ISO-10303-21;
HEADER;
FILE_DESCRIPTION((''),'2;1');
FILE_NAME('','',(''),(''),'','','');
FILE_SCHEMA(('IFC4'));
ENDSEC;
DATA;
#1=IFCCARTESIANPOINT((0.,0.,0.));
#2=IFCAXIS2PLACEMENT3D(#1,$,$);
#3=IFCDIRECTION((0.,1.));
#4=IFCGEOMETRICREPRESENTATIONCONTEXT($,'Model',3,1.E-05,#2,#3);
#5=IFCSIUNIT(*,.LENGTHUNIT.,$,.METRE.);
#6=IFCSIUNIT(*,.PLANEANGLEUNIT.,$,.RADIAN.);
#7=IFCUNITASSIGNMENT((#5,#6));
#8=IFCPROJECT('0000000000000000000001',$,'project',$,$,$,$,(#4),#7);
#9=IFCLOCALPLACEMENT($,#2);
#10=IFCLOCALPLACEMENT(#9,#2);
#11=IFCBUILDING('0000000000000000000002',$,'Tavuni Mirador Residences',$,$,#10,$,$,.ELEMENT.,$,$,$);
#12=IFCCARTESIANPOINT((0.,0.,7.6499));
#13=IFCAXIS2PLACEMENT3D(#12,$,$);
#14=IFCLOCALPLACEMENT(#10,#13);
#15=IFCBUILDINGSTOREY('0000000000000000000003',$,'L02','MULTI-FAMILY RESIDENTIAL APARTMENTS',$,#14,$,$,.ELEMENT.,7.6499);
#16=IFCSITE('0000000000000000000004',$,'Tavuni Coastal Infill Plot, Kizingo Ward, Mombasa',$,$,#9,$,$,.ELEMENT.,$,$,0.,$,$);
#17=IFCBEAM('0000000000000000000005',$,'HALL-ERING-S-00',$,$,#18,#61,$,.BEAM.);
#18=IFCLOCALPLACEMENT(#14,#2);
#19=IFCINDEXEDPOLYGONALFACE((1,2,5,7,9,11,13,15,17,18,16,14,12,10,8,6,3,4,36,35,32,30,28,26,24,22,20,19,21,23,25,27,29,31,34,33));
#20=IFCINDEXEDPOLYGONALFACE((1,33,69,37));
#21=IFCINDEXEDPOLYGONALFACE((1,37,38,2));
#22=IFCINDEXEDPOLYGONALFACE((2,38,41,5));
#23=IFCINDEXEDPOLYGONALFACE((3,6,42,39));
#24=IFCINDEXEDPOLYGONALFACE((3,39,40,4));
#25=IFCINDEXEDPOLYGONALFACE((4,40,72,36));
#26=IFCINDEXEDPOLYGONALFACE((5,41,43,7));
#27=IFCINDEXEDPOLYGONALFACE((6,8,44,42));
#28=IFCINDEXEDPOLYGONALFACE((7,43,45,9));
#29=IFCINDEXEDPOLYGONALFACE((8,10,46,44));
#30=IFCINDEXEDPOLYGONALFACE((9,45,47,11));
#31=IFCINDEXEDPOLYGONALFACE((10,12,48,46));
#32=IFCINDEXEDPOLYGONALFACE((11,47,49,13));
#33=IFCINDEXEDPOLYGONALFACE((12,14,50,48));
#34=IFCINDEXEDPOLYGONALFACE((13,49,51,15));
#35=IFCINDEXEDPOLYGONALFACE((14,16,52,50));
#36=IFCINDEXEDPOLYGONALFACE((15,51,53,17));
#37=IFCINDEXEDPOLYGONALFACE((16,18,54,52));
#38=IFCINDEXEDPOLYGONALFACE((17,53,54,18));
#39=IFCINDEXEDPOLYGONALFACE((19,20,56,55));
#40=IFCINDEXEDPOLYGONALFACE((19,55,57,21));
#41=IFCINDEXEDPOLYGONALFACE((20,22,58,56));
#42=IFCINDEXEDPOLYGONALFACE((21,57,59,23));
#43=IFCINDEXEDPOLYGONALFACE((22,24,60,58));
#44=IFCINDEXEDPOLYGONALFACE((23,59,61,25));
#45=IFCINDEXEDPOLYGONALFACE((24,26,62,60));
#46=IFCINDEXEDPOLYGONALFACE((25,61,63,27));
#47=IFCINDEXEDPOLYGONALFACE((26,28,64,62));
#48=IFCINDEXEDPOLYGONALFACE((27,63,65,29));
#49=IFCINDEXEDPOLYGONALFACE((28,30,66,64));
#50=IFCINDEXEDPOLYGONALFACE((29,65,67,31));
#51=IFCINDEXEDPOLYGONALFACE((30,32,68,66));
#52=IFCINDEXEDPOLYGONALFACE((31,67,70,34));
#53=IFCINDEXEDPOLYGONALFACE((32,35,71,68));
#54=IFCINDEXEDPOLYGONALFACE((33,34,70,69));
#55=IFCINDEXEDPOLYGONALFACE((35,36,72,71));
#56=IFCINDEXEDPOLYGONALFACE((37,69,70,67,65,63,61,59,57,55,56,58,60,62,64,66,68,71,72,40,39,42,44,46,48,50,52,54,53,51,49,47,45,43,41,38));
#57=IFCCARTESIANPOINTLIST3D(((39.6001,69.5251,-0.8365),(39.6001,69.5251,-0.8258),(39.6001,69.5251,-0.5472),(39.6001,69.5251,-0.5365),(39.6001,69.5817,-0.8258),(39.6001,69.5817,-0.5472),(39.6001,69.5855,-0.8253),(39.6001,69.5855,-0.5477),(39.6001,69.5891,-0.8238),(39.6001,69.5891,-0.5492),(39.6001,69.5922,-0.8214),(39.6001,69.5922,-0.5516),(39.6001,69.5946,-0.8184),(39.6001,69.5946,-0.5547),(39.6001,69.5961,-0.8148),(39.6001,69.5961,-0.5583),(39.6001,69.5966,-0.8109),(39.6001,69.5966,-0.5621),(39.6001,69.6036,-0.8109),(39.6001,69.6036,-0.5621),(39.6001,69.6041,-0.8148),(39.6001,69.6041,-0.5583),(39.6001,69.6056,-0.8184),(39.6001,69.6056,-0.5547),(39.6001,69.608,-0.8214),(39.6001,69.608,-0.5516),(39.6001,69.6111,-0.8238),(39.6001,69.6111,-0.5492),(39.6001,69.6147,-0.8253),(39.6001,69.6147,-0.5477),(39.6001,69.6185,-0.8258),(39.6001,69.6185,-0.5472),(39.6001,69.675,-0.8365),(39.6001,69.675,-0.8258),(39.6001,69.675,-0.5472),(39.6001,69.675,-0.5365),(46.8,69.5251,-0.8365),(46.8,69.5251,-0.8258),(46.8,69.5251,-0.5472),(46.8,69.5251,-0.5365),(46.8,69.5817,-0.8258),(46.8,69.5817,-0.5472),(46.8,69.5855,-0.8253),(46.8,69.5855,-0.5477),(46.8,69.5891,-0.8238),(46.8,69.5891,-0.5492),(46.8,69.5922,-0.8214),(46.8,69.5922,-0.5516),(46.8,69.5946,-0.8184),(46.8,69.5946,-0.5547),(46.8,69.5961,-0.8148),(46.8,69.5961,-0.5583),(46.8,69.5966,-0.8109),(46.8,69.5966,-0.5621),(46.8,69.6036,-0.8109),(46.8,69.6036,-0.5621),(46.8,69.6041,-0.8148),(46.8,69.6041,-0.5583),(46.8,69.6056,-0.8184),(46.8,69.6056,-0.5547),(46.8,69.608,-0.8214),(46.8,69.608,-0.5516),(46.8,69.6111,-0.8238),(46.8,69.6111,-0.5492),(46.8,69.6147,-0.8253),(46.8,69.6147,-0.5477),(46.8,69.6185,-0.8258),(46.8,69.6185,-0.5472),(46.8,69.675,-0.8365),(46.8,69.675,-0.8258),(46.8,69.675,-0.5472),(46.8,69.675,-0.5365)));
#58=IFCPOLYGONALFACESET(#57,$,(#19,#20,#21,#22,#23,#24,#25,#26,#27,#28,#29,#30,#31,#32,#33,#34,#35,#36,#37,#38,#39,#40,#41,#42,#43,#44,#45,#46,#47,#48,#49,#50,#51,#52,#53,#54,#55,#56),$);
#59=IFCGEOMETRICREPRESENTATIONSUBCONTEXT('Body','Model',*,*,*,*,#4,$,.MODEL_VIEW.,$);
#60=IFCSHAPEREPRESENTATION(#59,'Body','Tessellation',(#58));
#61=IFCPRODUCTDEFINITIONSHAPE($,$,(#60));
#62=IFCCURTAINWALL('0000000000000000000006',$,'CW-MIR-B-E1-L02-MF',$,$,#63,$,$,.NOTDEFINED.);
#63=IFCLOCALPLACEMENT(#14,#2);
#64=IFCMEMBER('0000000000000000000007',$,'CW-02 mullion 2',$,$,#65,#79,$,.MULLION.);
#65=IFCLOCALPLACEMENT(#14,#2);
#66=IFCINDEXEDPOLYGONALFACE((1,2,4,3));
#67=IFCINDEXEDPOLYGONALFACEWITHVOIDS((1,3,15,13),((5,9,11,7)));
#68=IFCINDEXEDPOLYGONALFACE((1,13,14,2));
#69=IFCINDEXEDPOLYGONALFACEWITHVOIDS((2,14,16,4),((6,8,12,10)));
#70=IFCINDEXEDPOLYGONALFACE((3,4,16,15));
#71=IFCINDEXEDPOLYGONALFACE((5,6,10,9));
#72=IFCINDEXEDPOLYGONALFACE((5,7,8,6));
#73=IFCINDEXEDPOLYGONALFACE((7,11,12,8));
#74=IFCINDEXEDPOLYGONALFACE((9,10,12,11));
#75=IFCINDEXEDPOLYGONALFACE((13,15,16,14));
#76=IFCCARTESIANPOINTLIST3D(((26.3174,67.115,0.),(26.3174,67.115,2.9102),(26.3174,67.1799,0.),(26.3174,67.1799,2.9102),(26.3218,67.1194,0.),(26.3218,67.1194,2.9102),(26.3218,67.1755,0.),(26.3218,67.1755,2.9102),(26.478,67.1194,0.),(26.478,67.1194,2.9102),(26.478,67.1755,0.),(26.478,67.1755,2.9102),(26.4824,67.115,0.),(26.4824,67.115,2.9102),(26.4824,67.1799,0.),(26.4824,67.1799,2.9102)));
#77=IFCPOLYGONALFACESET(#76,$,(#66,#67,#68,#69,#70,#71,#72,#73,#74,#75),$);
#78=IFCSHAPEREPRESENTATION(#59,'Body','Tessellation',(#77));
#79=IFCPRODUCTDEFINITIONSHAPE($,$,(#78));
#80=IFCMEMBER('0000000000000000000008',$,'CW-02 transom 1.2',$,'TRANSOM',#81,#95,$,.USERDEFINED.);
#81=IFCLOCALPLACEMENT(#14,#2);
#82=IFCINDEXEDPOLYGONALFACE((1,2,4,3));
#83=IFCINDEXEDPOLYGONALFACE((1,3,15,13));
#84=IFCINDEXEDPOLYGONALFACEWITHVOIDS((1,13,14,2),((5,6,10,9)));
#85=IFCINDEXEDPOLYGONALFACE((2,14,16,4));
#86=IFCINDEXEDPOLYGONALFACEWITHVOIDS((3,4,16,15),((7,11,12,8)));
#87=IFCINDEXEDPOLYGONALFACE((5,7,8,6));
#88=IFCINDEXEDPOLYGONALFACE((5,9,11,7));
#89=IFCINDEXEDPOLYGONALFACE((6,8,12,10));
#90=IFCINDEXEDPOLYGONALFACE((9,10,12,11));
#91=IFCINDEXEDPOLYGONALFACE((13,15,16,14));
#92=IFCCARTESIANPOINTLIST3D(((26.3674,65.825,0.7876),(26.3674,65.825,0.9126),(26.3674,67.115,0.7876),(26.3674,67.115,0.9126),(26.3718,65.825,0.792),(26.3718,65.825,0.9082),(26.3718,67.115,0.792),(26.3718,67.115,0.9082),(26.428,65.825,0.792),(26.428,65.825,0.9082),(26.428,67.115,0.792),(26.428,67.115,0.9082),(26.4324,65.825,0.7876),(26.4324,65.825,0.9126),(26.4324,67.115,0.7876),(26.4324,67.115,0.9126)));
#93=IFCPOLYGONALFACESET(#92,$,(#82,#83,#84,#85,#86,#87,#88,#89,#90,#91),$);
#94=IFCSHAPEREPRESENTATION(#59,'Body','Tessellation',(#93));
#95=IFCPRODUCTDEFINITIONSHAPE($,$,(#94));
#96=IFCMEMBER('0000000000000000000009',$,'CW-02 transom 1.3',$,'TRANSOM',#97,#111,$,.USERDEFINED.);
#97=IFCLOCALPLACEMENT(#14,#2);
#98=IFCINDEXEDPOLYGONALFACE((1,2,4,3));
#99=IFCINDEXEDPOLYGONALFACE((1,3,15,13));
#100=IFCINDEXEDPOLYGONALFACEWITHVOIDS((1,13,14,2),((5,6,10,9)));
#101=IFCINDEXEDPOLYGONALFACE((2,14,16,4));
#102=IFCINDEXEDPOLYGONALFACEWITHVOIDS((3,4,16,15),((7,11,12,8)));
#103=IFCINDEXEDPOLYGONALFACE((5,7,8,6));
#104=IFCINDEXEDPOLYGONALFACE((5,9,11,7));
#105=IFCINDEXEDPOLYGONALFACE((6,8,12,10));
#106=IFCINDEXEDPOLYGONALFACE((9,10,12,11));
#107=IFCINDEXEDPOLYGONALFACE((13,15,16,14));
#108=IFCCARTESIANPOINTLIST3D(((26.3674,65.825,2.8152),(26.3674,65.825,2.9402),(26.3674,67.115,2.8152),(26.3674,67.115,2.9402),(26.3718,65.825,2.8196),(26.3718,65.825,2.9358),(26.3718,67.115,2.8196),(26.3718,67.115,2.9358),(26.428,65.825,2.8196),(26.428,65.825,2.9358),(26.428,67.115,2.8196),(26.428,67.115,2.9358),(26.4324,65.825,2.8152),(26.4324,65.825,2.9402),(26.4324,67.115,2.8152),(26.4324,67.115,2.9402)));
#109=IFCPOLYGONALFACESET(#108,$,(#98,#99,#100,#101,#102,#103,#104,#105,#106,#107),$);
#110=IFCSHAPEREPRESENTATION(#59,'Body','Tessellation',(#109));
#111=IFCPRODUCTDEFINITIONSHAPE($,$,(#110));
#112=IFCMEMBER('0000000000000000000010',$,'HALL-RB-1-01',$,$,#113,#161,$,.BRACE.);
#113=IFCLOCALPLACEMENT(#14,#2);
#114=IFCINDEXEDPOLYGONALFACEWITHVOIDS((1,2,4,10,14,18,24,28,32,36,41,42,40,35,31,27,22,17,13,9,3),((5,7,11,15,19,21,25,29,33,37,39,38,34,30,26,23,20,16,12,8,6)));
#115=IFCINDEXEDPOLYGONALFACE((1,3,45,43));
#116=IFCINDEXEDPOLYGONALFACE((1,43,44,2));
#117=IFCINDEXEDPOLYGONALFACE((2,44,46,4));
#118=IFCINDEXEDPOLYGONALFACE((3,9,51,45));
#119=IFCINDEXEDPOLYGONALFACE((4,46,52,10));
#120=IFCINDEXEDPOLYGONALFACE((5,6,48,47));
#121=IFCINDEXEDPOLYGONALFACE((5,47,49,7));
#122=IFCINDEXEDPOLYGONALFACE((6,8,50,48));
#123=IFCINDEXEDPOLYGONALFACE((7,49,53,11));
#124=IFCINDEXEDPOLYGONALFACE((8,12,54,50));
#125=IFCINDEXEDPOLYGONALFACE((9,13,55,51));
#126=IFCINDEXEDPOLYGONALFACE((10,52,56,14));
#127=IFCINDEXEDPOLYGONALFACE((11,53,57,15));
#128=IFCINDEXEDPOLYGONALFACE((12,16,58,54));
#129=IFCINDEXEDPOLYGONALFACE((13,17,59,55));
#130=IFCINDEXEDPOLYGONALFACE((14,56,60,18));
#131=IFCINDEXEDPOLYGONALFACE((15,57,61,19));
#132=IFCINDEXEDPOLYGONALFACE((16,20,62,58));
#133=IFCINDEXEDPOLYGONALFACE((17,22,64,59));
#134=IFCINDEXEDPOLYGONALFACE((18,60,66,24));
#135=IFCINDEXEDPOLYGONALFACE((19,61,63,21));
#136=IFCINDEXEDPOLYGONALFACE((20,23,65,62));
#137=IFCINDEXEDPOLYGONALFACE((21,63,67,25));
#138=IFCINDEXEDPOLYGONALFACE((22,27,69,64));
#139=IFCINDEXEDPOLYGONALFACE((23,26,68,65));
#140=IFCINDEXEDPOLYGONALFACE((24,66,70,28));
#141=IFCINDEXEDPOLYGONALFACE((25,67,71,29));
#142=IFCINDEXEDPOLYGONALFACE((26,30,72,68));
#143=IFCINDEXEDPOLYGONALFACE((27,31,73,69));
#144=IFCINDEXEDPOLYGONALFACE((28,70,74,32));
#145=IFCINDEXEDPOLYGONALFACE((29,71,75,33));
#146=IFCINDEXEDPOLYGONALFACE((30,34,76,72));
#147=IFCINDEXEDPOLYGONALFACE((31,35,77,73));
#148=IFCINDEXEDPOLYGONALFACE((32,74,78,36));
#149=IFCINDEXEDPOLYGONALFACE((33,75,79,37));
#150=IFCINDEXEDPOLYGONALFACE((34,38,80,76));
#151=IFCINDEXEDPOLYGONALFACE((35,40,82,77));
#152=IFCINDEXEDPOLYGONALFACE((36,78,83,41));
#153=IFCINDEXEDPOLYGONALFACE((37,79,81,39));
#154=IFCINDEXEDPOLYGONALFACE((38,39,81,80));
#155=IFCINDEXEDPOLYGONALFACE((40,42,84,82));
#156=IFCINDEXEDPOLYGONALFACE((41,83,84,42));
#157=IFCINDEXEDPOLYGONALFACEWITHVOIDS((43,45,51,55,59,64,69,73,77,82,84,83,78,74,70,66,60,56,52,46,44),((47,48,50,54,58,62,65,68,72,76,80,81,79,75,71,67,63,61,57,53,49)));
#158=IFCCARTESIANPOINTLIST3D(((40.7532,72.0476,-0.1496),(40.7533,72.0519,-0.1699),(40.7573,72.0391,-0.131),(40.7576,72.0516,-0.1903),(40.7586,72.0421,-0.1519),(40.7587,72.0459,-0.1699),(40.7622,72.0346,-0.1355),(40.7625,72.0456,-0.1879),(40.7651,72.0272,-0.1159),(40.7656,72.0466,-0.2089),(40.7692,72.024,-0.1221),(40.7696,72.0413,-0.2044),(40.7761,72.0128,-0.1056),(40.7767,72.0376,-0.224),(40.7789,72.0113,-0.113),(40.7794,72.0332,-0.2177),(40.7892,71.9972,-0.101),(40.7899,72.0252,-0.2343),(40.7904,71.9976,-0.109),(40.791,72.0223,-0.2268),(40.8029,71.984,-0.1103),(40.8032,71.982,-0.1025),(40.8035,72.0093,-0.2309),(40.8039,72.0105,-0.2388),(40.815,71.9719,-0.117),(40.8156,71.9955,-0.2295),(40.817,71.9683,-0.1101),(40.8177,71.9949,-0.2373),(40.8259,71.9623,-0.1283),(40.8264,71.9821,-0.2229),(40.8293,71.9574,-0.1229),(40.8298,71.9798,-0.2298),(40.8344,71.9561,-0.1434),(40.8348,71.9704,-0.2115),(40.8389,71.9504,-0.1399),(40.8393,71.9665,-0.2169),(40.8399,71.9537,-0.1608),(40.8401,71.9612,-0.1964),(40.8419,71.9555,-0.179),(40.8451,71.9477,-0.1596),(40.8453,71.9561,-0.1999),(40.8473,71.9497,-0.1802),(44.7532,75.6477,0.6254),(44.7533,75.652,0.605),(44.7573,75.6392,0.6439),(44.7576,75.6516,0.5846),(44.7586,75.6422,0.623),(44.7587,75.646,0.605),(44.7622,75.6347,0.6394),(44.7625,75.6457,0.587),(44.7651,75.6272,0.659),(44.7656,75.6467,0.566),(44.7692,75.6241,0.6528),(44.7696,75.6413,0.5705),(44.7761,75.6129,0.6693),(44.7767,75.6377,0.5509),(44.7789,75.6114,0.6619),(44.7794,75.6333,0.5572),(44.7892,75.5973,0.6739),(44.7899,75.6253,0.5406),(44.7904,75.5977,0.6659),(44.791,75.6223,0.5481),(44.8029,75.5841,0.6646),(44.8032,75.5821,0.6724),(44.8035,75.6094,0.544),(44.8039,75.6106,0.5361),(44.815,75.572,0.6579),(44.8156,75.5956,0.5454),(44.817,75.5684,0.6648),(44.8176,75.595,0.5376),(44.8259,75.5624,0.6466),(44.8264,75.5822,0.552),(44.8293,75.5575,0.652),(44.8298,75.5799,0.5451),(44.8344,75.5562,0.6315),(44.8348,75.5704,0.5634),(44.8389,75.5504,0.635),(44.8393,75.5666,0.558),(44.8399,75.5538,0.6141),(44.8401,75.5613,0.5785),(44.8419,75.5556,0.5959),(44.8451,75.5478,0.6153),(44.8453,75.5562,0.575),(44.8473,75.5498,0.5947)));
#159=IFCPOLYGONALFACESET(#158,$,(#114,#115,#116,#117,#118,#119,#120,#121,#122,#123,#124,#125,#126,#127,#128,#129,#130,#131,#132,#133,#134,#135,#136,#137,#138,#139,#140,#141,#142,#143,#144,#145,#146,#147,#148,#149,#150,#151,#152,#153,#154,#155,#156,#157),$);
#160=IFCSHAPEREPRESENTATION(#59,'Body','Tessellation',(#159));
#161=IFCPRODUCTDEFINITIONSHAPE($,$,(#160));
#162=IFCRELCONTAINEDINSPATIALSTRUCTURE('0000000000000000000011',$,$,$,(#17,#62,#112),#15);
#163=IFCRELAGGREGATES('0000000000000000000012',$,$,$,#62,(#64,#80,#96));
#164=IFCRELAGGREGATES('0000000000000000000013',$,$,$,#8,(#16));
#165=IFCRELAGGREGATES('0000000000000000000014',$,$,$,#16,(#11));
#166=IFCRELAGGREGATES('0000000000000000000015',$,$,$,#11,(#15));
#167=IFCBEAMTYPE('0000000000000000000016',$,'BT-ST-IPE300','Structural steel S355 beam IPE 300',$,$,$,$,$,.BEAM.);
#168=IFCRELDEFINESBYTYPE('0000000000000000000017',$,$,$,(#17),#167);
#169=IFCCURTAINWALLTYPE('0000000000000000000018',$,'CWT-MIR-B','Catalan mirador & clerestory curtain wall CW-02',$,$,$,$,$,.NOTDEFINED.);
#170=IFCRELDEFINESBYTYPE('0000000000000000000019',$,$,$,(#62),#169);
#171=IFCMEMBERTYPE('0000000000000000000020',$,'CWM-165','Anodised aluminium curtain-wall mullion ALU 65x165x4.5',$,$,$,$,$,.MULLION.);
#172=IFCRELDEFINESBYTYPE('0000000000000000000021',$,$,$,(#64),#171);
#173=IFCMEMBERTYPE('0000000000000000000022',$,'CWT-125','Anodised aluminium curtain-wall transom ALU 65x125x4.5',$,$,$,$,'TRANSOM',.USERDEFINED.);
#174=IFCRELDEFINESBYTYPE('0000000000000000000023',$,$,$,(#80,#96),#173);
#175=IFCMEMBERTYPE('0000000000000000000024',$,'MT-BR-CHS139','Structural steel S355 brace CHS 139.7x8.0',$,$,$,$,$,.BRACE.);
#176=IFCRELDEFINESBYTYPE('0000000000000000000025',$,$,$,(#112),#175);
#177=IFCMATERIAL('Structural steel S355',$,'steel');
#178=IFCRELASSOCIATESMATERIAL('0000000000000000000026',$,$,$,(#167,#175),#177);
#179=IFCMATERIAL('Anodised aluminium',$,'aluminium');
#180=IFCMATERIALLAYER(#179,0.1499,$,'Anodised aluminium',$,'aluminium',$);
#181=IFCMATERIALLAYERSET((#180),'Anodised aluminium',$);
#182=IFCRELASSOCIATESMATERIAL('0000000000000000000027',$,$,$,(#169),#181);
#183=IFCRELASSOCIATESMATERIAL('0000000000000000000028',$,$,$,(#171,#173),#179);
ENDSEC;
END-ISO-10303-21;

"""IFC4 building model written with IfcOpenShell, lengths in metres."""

from ifc_helpers import new_model, si_unit, direction, frame, origin, origin_2d, place, context, subcontext, project, spatial, hollow_rectangle, hollow_circle, i_section, extrude, material, layer, layer_set, material_profile, profile_set, type_object, element, aggregate, save


model = new_model("IFC4")

# Units and contexts
model_context = context("Model", 3, precision=1e-05, world=origin(), true_north=direction((0.0, 1.0)))
body_context = subcontext(model_context, "Body", "Model", "MODEL_VIEW")
ifc_project = project(units=[si_unit("LENGTHUNIT", "METRE"), si_unit("PLANEANGLEUNIT", "RADIAN")], contexts=[model_context])

# Site, building, storey
site_placement = place(None, origin())
site = spatial("IfcSite", under=ifc_project, at=site_placement, Name="Tavuni Coastal Infill Plot, Kizingo Ward, Mombasa", CompositionType="ELEMENT", RefElevation=0.0)
building_placement = place(site_placement, origin())
building = spatial("IfcBuilding", under=site, at=building_placement, Name="Tavuni Mirador Residences", CompositionType="ELEMENT")
storey_placement = place(building_placement, frame((0.0, 0.0, 7.6499)))
storey = spatial("IfcBuildingStorey", under=building, at=storey_placement, Name="L02", Description="MULTI-FAMILY RESIDENTIAL APARTMENTS", CompositionType="ELEMENT", Elevation=7.6499)

# Beam
ifc_material_1 = material(Name="Structural steel S355", Category="steel")
ifc_material_profile_1 = material_profile(ifc_material_1, i_section(OverallWidth=0.1499, OverallDepth=0.3, WebThickness=0.0071, FlangeThickness=0.0107, FilletRadius=0.0149, at=origin_2d()), Name="IPE 300", Category="steel")
ifc_profile_set_1 = profile_set([ifc_material_profile_1], Name="Structural steel S355")
beam_type = type_object("IfcBeamType", Name="BT-ST-IPE300", Description="Structural steel S355 beam IPE 300", PredefinedType="BEAM", material=ifc_profile_set_1)
beam_placement = place(storey_placement, frame((39.6001, 69.6001, -0.6865), z_axis=(1.0, 0.0, 0.0), x_axis=(0.0, 1.0, 0.0)))
element("IfcBeam", 1, at=beam_placement, inside=storey, type_object=beam_type, Name="HALL-ERING-S-00", PredefinedType="BEAM", context=body_context, shape_type="SweptSolid", body=[
    extrude(i_section(OverallWidth=0.1499, OverallDepth=0.3, WebThickness=0.0071, FlangeThickness=0.0107, FilletRadius=0.0149, at=origin_2d()), origin(), (0.0, 0.0, 1.0), 7.2),
])

# Curtain wall, members
ifc_material_2 = material(Name="Anodised aluminium", Category="aluminium")
ifc_layer_1 = layer(ifc_material_2, 0.1499, Name="Anodised aluminium", Category="aluminium")
ifc_layer_set_1 = layer_set([ifc_layer_1], Name="Anodised aluminium")
curtain_wall_type = type_object("IfcCurtainWallType", Name="CWT-MIR-B", Description="Catalan mirador & clerestory curtain wall CW-02", PredefinedType="NOTDEFINED", material=ifc_layer_set_1)
curtain_wall_placement = place(storey_placement, origin())
curtain_wall = element("IfcCurtainWall", 2, at=curtain_wall_placement, inside=storey, type_object=curtain_wall_type, Name="CW-MIR-B-E1-L02-MF", PredefinedType="NOTDEFINED")
ifc_material_profile_2 = material_profile(ifc_material_2, hollow_rectangle(XDim=0.0649, YDim=0.165, WallThickness=0.0044, at=origin_2d()), Name="ALU 65x165x4.5", Category="aluminium")
ifc_profile_set_2 = profile_set([ifc_material_profile_2], Name="Anodised aluminium")
member_type_1 = type_object("IfcMemberType", Name="CWM-165", Description="Anodised aluminium curtain-wall mullion ALU 65x165x4.5", PredefinedType="MULLION", material=ifc_profile_set_2)
member_1_placement = place(storey_placement, frame((26.3999, 67.1475, 0.0), z_axis=(0.0, 0.0, 1.0), x_axis=(0.0, 1.0, 0.0)))
member_1 = element("IfcMember", 3, at=member_1_placement, type_object=member_type_1, Name="CW-02 mullion 2", PredefinedType="MULLION", context=body_context, shape_type="SweptSolid", body=[
    extrude(hollow_rectangle(XDim=0.0649, YDim=0.165, WallThickness=0.0044, at=origin_2d()), origin(), (0.0, 0.0, 1.0), 2.9102),
])
ifc_material_profile_3 = material_profile(ifc_material_2, hollow_rectangle(XDim=0.0649, YDim=0.125, WallThickness=0.0044, at=origin_2d()), Name="ALU 65x125x4.5", Category="aluminium")
ifc_profile_set_3 = profile_set([ifc_material_profile_3], Name="Anodised aluminium")
member_type_2 = type_object("IfcMemberType", Name="CWT-125", Description="Anodised aluminium curtain-wall transom ALU 65x125x4.5", ElementType="TRANSOM", PredefinedType="USERDEFINED", material=ifc_profile_set_3)
member_2_placement = place(storey_placement, frame((26.3999, 65.825, 0.8501), z_axis=(0.0, 1.0, 0.0), x_axis=(-1.0, 0.0, 0.0)))
member_2 = element("IfcMember", 4, at=member_2_placement, type_object=member_type_2, Name="CW-02 transom 1.2", ObjectType="TRANSOM", PredefinedType="USERDEFINED", context=body_context, shape_type="SweptSolid", body=[
    extrude(hollow_rectangle(XDim=0.0649, YDim=0.125, WallThickness=0.0044, at=origin_2d()), origin(), (0.0, 0.0, 1.0), 1.29),
])
member_3_placement = place(storey_placement, frame((26.3999, 65.825, 2.8777), z_axis=(0.0, 1.0, 0.0), x_axis=(-1.0, 0.0, 0.0)))
member_3 = element("IfcMember", 5, at=member_3_placement, type_object=member_type_2, Name="CW-02 transom 1.3", ObjectType="TRANSOM", PredefinedType="USERDEFINED", context=body_context, shape_type="SweptSolid", body=[
    extrude(hollow_rectangle(XDim=0.0649, YDim=0.125, WallThickness=0.0044, at=origin_2d()), origin(), (0.0, 0.0, 1.0), 1.29),
])

# Member
ifc_material_profile_4 = material_profile(ifc_material_1, hollow_circle(Radius=0.0698, WallThickness=0.0081, at=origin_2d()), Name="CHS 139.7x8.0", Category="steel")
ifc_profile_set_4 = profile_set([ifc_material_profile_4], Name="Structural steel S355")
member_type_3 = type_object("IfcMemberType", Name="MT-BR-CHS139", Description="Structural steel S355 brace CHS 139.7x8.0", PredefinedType="BRACE", material=ifc_profile_set_4)
member_4_placement = place(storey_placement, frame((40.8, 72.0, -0.1699), z_axis=(0.735697, 0.662145, 0.142523), x_axis=(-0.668975, 0.743285, 0.0)))
element("IfcMember", 6, at=member_4_placement, inside=storey, type_object=member_type_3, Name="HALL-RB-1-01", PredefinedType="BRACE", context=body_context, shape_type="SweptSolid", body=[
    extrude(hollow_circle(Radius=0.0698, WallThickness=0.0081, at=origin_2d()), origin(), (0.0, 0.0, 1.0), 5.437),
])

aggregate(curtain_wall, [member_1, member_2, member_3])

save(model, "model.ifc")
